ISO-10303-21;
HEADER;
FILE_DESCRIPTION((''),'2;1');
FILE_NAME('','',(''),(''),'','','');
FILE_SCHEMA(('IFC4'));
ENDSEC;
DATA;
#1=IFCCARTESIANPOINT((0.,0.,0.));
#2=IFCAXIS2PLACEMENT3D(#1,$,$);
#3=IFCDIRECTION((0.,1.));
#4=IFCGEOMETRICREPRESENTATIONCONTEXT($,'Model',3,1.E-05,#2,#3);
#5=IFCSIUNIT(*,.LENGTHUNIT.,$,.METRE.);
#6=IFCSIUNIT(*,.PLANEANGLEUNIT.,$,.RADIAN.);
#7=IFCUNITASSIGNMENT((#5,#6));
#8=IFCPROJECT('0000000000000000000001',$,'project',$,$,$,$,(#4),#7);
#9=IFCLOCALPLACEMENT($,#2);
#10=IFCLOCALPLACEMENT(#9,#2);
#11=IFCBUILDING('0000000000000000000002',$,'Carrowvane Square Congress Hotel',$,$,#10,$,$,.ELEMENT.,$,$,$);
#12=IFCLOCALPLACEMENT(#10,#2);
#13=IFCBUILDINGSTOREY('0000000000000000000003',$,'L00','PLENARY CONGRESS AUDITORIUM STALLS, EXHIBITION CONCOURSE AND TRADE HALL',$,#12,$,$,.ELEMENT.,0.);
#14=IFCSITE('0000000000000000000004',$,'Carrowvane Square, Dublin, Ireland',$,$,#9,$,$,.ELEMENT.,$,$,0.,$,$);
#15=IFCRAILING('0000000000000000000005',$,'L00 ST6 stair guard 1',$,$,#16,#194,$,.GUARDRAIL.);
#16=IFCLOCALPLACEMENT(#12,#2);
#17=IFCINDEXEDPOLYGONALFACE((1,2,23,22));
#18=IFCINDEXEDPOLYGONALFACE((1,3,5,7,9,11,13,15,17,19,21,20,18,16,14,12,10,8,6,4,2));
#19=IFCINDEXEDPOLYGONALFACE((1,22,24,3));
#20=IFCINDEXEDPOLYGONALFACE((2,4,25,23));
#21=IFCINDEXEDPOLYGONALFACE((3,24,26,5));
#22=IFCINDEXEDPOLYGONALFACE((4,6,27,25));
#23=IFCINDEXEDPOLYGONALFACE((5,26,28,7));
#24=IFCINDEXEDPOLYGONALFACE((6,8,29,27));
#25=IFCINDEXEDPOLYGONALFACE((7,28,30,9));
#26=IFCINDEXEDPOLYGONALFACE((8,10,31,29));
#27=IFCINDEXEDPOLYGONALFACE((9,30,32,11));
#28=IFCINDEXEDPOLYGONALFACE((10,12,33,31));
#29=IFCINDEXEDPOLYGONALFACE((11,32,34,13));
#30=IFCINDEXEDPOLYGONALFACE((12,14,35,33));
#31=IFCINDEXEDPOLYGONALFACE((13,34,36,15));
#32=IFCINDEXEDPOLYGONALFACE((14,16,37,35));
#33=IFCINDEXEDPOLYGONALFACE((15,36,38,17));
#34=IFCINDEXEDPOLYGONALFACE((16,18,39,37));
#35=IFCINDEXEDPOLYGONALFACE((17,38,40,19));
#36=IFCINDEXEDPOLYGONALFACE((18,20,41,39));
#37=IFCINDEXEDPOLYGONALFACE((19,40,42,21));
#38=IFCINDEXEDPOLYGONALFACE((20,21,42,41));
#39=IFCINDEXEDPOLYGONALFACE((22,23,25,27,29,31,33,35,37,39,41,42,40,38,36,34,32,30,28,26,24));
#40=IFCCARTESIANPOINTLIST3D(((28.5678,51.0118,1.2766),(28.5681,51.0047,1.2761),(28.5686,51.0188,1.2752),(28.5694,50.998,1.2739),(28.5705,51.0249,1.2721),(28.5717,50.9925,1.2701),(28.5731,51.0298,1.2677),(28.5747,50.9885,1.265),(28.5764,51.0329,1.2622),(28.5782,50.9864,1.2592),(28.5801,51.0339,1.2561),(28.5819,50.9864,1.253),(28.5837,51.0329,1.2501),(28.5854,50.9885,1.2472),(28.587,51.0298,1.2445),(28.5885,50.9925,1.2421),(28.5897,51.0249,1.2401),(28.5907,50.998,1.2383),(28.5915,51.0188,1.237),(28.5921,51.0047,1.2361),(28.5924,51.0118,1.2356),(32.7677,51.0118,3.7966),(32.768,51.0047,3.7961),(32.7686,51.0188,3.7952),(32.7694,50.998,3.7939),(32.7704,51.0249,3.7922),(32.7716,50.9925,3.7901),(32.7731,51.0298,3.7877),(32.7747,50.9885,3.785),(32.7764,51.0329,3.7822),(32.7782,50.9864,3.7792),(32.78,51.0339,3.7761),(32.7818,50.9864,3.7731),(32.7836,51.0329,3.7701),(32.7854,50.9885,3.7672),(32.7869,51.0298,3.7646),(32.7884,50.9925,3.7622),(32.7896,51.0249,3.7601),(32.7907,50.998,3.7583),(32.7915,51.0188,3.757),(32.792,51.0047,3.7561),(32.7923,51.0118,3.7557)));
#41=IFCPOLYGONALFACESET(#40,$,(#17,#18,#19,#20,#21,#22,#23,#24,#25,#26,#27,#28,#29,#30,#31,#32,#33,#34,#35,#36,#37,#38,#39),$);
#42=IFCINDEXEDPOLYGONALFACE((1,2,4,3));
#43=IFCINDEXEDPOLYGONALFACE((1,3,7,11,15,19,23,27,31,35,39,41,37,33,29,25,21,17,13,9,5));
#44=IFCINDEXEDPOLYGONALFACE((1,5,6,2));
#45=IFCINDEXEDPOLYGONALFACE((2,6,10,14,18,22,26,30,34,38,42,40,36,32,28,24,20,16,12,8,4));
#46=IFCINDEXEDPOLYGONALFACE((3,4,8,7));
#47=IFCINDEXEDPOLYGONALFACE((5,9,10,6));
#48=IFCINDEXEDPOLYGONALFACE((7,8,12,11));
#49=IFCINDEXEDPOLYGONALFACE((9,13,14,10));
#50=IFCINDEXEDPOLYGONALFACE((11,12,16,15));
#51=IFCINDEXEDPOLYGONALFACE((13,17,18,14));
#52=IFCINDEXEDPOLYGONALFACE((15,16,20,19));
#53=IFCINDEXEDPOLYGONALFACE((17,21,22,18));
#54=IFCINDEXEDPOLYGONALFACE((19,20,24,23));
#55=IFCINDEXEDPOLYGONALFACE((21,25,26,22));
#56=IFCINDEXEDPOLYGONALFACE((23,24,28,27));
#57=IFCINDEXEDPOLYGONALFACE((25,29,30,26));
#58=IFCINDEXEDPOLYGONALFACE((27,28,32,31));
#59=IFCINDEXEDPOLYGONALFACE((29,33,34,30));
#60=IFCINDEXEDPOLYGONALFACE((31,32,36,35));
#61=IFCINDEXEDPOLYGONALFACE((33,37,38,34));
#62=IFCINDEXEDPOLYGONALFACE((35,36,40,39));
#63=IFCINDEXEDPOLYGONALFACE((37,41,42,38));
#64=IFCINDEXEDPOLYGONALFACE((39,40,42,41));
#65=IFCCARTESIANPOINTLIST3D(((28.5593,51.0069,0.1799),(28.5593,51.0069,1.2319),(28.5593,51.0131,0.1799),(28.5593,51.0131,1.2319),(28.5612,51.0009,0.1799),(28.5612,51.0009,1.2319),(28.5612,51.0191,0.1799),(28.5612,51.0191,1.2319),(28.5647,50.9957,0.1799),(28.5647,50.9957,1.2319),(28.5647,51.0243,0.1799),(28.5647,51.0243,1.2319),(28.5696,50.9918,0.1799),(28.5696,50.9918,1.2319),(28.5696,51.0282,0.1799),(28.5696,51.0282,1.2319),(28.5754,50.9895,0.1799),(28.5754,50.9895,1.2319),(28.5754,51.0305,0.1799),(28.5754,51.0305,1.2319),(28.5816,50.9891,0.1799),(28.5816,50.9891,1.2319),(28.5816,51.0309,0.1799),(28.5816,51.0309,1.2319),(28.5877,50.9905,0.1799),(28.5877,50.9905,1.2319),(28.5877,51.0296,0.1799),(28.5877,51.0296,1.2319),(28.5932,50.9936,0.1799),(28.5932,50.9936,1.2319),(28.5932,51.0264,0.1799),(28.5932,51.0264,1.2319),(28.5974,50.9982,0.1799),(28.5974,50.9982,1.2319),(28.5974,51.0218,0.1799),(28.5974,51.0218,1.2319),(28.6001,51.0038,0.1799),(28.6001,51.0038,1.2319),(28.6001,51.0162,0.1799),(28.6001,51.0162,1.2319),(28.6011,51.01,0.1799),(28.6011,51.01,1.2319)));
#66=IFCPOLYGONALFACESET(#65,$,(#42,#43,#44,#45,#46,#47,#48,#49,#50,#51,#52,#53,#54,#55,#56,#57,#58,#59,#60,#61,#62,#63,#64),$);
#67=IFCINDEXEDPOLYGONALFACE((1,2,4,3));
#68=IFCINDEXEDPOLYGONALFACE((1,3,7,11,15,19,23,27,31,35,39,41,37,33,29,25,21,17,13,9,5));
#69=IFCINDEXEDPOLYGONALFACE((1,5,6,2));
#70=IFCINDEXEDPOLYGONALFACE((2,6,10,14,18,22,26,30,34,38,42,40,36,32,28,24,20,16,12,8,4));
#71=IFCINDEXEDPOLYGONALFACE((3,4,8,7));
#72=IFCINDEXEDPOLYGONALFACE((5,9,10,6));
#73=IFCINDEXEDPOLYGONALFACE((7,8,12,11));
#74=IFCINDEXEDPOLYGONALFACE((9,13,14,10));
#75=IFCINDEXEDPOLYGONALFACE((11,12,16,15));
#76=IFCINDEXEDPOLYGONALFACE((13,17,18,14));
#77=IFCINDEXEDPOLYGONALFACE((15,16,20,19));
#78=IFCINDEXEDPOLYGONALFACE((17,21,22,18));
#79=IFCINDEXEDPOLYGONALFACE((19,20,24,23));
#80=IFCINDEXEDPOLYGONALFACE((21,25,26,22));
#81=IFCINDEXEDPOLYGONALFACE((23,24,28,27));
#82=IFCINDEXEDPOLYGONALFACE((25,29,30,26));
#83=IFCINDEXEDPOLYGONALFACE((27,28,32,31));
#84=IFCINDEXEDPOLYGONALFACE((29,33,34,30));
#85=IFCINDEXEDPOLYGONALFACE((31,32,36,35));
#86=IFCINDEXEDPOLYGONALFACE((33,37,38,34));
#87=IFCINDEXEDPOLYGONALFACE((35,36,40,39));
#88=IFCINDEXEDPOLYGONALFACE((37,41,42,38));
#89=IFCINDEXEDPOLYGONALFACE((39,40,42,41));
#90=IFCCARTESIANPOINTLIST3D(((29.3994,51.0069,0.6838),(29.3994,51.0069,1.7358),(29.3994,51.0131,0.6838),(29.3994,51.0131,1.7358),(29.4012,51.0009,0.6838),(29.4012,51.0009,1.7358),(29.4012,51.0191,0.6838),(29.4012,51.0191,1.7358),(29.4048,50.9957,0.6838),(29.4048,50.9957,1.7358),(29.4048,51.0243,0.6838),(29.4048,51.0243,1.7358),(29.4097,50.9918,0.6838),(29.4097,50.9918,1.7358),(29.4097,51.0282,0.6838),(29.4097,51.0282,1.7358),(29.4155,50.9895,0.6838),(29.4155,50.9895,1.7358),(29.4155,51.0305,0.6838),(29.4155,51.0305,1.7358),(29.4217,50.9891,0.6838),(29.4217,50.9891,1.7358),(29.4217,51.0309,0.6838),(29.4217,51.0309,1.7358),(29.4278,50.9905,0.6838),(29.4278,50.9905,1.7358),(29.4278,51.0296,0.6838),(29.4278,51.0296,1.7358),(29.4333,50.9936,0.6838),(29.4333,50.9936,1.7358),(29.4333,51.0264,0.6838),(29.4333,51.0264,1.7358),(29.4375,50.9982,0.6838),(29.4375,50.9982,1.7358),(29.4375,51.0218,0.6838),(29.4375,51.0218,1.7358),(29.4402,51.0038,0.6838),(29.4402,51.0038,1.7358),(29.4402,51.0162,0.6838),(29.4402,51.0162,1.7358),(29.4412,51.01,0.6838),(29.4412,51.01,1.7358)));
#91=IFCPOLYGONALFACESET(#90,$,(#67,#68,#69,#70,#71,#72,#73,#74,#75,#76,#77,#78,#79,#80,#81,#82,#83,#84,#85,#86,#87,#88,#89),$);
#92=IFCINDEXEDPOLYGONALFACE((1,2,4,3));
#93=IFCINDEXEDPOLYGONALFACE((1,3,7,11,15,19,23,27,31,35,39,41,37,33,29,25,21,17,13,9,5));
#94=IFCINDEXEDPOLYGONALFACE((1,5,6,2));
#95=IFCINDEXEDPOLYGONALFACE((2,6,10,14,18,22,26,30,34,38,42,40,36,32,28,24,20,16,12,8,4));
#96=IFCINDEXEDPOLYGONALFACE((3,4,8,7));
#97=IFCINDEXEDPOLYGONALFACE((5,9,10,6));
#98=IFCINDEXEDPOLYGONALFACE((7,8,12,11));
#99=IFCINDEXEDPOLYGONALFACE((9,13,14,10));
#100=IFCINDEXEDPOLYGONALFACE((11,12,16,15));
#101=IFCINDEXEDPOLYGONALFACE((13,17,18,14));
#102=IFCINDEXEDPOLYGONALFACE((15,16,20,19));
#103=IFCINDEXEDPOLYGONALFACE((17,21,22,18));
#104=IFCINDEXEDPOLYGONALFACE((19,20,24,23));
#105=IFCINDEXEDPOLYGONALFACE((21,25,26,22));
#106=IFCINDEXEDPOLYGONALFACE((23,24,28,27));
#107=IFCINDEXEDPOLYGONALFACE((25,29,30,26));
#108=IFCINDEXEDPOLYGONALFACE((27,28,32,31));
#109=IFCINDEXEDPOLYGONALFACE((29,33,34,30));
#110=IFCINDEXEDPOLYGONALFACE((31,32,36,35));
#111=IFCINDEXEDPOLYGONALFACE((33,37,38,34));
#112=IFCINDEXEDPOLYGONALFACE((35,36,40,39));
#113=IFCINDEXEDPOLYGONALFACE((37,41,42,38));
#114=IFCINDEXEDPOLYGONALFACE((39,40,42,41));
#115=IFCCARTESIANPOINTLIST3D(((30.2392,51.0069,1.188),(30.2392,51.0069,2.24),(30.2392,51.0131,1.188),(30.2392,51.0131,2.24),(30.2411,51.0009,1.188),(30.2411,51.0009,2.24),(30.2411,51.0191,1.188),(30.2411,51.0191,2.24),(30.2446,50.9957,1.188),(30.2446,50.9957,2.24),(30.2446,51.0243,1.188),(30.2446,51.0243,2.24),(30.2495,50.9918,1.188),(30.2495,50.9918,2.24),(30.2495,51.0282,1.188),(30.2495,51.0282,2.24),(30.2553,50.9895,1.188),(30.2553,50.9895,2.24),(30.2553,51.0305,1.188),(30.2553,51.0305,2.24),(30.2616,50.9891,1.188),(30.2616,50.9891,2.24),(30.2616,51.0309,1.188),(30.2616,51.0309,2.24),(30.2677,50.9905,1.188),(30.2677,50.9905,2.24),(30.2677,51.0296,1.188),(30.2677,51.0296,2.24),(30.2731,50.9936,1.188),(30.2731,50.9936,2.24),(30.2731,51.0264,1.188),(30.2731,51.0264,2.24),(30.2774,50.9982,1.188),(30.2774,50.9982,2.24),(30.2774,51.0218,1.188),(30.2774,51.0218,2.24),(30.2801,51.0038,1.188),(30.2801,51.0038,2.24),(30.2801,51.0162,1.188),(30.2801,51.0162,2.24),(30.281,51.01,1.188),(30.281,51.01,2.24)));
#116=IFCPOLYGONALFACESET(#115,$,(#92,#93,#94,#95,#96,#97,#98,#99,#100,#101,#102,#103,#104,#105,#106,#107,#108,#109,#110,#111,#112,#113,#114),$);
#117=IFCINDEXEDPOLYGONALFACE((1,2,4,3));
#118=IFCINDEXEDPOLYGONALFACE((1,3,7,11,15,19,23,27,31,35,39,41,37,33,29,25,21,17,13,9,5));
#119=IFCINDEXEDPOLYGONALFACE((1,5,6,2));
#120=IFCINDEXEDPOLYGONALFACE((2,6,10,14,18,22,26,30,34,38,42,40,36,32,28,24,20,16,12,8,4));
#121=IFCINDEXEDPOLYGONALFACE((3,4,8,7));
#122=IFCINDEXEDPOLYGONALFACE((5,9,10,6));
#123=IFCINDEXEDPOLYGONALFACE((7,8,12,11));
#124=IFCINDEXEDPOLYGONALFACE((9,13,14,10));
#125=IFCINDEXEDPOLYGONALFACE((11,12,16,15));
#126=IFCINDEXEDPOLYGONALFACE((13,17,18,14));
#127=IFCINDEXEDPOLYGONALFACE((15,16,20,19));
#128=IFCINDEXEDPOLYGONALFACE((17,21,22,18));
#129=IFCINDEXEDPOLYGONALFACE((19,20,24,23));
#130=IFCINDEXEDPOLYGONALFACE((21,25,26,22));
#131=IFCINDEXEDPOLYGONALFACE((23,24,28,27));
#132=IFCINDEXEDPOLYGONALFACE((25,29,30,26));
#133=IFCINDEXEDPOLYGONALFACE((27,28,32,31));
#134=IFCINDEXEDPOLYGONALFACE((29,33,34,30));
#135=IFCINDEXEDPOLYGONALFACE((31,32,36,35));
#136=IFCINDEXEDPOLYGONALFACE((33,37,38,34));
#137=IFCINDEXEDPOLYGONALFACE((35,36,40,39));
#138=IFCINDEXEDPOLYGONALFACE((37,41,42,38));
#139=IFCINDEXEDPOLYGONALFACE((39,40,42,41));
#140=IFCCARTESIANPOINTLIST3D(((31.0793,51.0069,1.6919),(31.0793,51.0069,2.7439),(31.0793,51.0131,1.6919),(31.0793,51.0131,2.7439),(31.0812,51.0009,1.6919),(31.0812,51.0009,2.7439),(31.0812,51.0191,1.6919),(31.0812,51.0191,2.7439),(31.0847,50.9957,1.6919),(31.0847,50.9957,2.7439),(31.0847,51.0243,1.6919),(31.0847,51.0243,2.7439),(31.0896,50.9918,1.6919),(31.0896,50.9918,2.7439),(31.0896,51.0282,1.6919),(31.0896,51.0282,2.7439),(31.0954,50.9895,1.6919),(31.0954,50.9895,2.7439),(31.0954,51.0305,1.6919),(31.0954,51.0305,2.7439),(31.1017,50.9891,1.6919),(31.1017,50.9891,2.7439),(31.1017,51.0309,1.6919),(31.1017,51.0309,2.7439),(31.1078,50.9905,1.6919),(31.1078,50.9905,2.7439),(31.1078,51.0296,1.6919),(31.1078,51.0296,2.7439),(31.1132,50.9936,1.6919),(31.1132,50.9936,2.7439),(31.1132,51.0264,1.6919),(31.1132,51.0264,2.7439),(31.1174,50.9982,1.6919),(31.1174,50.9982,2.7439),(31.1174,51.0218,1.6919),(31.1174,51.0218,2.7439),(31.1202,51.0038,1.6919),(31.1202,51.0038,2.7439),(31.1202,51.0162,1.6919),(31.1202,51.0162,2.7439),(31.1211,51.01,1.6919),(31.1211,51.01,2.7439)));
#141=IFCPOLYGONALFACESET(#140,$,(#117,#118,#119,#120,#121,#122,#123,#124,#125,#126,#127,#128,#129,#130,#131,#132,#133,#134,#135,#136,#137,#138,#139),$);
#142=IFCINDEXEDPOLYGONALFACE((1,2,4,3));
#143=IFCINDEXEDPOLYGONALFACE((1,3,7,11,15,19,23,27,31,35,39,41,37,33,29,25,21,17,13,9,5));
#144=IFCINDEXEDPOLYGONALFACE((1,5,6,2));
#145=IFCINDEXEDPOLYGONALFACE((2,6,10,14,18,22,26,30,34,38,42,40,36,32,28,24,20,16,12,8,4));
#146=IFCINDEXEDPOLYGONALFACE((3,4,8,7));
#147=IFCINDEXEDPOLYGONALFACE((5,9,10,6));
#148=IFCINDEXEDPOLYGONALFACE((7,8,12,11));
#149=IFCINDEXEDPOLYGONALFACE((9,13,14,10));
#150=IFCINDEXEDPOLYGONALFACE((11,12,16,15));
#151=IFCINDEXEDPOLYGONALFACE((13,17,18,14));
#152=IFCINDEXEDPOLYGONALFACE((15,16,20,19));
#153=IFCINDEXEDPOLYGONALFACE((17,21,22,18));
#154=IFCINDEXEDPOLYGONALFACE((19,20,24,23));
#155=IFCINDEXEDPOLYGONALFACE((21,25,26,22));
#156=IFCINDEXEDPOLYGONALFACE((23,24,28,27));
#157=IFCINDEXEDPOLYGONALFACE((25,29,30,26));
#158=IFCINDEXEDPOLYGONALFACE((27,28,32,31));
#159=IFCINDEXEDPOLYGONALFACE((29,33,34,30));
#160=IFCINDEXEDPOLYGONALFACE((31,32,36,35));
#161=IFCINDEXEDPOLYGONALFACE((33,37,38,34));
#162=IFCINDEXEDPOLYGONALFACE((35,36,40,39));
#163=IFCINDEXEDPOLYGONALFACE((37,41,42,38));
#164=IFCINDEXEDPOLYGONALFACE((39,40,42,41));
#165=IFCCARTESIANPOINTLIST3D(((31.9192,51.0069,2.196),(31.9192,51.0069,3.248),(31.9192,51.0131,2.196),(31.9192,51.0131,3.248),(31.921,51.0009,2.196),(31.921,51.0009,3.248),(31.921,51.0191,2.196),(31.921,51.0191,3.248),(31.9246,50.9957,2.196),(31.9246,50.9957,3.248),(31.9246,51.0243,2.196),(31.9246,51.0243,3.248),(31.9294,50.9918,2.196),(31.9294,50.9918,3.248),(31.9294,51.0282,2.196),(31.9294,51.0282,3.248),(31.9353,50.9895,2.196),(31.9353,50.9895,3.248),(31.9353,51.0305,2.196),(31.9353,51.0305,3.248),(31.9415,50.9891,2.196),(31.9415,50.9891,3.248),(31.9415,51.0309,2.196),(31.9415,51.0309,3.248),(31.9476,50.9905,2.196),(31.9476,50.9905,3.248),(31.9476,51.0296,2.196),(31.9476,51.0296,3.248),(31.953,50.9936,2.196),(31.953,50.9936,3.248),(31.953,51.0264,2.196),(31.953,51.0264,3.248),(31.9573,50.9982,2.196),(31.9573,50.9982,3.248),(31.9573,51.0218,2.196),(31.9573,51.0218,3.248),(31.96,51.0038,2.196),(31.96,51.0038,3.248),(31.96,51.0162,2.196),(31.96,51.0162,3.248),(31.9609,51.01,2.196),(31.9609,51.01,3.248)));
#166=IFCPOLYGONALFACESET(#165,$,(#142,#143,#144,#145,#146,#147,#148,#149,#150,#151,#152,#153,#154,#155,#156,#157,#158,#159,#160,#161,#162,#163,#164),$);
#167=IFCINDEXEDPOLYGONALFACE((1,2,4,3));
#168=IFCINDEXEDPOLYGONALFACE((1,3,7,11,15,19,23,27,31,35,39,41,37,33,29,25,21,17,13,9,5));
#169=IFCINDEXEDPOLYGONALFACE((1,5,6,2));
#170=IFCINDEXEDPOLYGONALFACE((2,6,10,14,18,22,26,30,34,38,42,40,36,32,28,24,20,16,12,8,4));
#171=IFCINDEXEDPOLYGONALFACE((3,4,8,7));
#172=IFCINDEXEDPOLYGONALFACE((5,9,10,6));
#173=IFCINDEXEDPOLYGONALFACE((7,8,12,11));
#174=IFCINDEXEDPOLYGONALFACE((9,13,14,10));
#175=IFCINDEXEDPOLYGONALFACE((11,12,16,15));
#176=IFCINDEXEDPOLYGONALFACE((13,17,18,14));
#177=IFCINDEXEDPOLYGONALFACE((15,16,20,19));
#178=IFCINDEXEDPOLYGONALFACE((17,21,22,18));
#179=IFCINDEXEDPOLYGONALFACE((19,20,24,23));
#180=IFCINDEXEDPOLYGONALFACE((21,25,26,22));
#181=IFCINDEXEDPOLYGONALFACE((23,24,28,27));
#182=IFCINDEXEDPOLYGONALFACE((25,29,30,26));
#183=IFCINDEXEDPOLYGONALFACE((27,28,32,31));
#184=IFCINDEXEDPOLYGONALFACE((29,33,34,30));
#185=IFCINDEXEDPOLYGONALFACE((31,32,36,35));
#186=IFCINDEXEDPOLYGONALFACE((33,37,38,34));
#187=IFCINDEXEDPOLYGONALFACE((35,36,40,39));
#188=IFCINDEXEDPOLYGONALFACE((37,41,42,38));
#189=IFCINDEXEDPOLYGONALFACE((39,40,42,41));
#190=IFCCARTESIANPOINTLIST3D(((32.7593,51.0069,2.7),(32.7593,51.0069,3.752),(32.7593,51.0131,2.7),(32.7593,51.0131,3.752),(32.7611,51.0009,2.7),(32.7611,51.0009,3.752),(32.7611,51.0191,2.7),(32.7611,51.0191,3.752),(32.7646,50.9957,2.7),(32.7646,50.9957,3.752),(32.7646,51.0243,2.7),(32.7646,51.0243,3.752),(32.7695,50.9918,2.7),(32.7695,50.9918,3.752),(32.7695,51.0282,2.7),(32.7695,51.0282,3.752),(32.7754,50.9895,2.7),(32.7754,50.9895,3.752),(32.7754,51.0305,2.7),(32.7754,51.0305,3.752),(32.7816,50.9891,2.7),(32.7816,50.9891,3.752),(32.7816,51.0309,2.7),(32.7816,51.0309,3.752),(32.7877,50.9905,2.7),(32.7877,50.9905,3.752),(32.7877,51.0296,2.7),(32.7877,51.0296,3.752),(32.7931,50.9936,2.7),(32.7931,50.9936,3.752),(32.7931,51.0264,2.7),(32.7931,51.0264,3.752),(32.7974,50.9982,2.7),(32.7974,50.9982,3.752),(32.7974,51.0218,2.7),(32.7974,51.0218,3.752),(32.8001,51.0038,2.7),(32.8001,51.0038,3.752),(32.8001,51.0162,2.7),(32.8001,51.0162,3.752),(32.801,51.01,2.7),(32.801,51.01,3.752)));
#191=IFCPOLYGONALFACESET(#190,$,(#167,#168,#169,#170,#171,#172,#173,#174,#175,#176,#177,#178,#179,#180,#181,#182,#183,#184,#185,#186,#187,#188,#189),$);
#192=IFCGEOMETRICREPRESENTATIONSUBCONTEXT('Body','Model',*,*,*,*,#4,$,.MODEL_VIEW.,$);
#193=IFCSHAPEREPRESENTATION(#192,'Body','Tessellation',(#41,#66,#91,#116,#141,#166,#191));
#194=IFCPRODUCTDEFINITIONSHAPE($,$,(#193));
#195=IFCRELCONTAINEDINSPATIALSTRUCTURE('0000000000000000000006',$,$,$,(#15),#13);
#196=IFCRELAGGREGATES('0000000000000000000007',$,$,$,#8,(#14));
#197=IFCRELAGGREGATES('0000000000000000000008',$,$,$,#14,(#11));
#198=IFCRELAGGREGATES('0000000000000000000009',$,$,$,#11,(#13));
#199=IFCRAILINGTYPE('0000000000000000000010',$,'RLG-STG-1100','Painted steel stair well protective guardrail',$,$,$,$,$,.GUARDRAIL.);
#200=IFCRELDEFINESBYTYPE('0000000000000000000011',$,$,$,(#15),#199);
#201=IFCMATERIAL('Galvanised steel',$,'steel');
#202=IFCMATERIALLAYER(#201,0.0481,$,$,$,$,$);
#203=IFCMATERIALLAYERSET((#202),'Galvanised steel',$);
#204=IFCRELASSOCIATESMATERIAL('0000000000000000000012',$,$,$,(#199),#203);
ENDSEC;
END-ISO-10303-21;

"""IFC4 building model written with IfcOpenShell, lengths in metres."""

from ifc_helpers import new_model, si_unit, direction, frame, origin, origin_2d, place, context, subcontext, project, spatial, circle, extrude, material, layer, layer_set, type_object, element, save


model = new_model("IFC4")

# Units and contexts
model_context = context("Model", 3, precision=1e-05, world=origin(), true_north=direction((0.0, 1.0)))
body_context = subcontext(model_context, "Body", "Model", "MODEL_VIEW")
ifc_project = project(units=[si_unit("LENGTHUNIT", "METRE"), si_unit("PLANEANGLEUNIT", "RADIAN")], contexts=[model_context])

# Site, building, storey
site_placement = place(None, origin())
site = spatial("IfcSite", under=ifc_project, at=site_placement, Name="Carrowvane Square, Dublin, Ireland", CompositionType="ELEMENT", RefElevation=0.0)
building_placement = place(site_placement, origin())
building = spatial("IfcBuilding", under=site, at=building_placement, Name="Carrowvane Square Congress Hotel", CompositionType="ELEMENT")
storey_placement = place(building_placement, origin())
storey = spatial("IfcBuildingStorey", under=building, at=storey_placement, Name="L00", Description="PLENARY CONGRESS AUDITORIUM STALLS, EXHIBITION CONCOURSE AND TRADE HALL", CompositionType="ELEMENT", Elevation=0.0)

# Railing
ifc_material_1 = material(Name="Galvanised steel", Category="steel")
ifc_layer_1 = layer(ifc_material_1, 0.0481)
ifc_layer_set_1 = layer_set([ifc_layer_1], Name="Galvanised steel")
railing_type_1 = type_object("IfcRailingType", Name="RLG-STG-1100", Description="Painted steel stair well protective guardrail", PredefinedType="GUARDRAIL", material=ifc_layer_set_1)
railing_1_placement = place(storey_placement, frame((28.5801, 51.01, 0.1799)))
element("IfcRailing", 1, at=railing_1_placement, inside=storey, type_object=railing_type_1, Name="L00 ST6 stair guard 1", PredefinedType="GUARDRAIL", context=body_context, shape_type="SweptSolid", body=[
    extrude(circle(Radius=0.0239, at=origin_2d()), frame((0.0, 0.0, 1.0762), z_axis=(0.857489, 0.0, 0.514503), x_axis=(0.0, 1.0, 0.0)), (0.0, 0.0, 1.0), 4.8979),
    extrude(circle(Radius=0.021, at=origin_2d()), origin(), (0.0, 0.0, 1.0), 1.052),
    extrude(circle(Radius=0.021, at=origin_2d()), frame((0.8401, 0.0, 0.5039)), (0.0, 0.0, 1.0), 1.052),
    extrude(circle(Radius=0.021, at=origin_2d()), frame((1.6799, 0.0, 1.0081)), (0.0, 0.0, 1.0), 1.052),
    extrude(circle(Radius=0.021, at=origin_2d()), frame((2.52, 0.0, 1.512)), (0.0, 0.0, 1.0), 1.052),
    extrude(circle(Radius=0.021, at=origin_2d()), frame((3.3599, 0.0, 2.0161)), (0.0, 0.0, 1.0), 1.052),
    extrude(circle(Radius=0.021, at=origin_2d()), frame((4.2, 0.0, 2.52)), (0.0, 0.0, 1.0), 1.052),
])

save(model, "model.ifc")
